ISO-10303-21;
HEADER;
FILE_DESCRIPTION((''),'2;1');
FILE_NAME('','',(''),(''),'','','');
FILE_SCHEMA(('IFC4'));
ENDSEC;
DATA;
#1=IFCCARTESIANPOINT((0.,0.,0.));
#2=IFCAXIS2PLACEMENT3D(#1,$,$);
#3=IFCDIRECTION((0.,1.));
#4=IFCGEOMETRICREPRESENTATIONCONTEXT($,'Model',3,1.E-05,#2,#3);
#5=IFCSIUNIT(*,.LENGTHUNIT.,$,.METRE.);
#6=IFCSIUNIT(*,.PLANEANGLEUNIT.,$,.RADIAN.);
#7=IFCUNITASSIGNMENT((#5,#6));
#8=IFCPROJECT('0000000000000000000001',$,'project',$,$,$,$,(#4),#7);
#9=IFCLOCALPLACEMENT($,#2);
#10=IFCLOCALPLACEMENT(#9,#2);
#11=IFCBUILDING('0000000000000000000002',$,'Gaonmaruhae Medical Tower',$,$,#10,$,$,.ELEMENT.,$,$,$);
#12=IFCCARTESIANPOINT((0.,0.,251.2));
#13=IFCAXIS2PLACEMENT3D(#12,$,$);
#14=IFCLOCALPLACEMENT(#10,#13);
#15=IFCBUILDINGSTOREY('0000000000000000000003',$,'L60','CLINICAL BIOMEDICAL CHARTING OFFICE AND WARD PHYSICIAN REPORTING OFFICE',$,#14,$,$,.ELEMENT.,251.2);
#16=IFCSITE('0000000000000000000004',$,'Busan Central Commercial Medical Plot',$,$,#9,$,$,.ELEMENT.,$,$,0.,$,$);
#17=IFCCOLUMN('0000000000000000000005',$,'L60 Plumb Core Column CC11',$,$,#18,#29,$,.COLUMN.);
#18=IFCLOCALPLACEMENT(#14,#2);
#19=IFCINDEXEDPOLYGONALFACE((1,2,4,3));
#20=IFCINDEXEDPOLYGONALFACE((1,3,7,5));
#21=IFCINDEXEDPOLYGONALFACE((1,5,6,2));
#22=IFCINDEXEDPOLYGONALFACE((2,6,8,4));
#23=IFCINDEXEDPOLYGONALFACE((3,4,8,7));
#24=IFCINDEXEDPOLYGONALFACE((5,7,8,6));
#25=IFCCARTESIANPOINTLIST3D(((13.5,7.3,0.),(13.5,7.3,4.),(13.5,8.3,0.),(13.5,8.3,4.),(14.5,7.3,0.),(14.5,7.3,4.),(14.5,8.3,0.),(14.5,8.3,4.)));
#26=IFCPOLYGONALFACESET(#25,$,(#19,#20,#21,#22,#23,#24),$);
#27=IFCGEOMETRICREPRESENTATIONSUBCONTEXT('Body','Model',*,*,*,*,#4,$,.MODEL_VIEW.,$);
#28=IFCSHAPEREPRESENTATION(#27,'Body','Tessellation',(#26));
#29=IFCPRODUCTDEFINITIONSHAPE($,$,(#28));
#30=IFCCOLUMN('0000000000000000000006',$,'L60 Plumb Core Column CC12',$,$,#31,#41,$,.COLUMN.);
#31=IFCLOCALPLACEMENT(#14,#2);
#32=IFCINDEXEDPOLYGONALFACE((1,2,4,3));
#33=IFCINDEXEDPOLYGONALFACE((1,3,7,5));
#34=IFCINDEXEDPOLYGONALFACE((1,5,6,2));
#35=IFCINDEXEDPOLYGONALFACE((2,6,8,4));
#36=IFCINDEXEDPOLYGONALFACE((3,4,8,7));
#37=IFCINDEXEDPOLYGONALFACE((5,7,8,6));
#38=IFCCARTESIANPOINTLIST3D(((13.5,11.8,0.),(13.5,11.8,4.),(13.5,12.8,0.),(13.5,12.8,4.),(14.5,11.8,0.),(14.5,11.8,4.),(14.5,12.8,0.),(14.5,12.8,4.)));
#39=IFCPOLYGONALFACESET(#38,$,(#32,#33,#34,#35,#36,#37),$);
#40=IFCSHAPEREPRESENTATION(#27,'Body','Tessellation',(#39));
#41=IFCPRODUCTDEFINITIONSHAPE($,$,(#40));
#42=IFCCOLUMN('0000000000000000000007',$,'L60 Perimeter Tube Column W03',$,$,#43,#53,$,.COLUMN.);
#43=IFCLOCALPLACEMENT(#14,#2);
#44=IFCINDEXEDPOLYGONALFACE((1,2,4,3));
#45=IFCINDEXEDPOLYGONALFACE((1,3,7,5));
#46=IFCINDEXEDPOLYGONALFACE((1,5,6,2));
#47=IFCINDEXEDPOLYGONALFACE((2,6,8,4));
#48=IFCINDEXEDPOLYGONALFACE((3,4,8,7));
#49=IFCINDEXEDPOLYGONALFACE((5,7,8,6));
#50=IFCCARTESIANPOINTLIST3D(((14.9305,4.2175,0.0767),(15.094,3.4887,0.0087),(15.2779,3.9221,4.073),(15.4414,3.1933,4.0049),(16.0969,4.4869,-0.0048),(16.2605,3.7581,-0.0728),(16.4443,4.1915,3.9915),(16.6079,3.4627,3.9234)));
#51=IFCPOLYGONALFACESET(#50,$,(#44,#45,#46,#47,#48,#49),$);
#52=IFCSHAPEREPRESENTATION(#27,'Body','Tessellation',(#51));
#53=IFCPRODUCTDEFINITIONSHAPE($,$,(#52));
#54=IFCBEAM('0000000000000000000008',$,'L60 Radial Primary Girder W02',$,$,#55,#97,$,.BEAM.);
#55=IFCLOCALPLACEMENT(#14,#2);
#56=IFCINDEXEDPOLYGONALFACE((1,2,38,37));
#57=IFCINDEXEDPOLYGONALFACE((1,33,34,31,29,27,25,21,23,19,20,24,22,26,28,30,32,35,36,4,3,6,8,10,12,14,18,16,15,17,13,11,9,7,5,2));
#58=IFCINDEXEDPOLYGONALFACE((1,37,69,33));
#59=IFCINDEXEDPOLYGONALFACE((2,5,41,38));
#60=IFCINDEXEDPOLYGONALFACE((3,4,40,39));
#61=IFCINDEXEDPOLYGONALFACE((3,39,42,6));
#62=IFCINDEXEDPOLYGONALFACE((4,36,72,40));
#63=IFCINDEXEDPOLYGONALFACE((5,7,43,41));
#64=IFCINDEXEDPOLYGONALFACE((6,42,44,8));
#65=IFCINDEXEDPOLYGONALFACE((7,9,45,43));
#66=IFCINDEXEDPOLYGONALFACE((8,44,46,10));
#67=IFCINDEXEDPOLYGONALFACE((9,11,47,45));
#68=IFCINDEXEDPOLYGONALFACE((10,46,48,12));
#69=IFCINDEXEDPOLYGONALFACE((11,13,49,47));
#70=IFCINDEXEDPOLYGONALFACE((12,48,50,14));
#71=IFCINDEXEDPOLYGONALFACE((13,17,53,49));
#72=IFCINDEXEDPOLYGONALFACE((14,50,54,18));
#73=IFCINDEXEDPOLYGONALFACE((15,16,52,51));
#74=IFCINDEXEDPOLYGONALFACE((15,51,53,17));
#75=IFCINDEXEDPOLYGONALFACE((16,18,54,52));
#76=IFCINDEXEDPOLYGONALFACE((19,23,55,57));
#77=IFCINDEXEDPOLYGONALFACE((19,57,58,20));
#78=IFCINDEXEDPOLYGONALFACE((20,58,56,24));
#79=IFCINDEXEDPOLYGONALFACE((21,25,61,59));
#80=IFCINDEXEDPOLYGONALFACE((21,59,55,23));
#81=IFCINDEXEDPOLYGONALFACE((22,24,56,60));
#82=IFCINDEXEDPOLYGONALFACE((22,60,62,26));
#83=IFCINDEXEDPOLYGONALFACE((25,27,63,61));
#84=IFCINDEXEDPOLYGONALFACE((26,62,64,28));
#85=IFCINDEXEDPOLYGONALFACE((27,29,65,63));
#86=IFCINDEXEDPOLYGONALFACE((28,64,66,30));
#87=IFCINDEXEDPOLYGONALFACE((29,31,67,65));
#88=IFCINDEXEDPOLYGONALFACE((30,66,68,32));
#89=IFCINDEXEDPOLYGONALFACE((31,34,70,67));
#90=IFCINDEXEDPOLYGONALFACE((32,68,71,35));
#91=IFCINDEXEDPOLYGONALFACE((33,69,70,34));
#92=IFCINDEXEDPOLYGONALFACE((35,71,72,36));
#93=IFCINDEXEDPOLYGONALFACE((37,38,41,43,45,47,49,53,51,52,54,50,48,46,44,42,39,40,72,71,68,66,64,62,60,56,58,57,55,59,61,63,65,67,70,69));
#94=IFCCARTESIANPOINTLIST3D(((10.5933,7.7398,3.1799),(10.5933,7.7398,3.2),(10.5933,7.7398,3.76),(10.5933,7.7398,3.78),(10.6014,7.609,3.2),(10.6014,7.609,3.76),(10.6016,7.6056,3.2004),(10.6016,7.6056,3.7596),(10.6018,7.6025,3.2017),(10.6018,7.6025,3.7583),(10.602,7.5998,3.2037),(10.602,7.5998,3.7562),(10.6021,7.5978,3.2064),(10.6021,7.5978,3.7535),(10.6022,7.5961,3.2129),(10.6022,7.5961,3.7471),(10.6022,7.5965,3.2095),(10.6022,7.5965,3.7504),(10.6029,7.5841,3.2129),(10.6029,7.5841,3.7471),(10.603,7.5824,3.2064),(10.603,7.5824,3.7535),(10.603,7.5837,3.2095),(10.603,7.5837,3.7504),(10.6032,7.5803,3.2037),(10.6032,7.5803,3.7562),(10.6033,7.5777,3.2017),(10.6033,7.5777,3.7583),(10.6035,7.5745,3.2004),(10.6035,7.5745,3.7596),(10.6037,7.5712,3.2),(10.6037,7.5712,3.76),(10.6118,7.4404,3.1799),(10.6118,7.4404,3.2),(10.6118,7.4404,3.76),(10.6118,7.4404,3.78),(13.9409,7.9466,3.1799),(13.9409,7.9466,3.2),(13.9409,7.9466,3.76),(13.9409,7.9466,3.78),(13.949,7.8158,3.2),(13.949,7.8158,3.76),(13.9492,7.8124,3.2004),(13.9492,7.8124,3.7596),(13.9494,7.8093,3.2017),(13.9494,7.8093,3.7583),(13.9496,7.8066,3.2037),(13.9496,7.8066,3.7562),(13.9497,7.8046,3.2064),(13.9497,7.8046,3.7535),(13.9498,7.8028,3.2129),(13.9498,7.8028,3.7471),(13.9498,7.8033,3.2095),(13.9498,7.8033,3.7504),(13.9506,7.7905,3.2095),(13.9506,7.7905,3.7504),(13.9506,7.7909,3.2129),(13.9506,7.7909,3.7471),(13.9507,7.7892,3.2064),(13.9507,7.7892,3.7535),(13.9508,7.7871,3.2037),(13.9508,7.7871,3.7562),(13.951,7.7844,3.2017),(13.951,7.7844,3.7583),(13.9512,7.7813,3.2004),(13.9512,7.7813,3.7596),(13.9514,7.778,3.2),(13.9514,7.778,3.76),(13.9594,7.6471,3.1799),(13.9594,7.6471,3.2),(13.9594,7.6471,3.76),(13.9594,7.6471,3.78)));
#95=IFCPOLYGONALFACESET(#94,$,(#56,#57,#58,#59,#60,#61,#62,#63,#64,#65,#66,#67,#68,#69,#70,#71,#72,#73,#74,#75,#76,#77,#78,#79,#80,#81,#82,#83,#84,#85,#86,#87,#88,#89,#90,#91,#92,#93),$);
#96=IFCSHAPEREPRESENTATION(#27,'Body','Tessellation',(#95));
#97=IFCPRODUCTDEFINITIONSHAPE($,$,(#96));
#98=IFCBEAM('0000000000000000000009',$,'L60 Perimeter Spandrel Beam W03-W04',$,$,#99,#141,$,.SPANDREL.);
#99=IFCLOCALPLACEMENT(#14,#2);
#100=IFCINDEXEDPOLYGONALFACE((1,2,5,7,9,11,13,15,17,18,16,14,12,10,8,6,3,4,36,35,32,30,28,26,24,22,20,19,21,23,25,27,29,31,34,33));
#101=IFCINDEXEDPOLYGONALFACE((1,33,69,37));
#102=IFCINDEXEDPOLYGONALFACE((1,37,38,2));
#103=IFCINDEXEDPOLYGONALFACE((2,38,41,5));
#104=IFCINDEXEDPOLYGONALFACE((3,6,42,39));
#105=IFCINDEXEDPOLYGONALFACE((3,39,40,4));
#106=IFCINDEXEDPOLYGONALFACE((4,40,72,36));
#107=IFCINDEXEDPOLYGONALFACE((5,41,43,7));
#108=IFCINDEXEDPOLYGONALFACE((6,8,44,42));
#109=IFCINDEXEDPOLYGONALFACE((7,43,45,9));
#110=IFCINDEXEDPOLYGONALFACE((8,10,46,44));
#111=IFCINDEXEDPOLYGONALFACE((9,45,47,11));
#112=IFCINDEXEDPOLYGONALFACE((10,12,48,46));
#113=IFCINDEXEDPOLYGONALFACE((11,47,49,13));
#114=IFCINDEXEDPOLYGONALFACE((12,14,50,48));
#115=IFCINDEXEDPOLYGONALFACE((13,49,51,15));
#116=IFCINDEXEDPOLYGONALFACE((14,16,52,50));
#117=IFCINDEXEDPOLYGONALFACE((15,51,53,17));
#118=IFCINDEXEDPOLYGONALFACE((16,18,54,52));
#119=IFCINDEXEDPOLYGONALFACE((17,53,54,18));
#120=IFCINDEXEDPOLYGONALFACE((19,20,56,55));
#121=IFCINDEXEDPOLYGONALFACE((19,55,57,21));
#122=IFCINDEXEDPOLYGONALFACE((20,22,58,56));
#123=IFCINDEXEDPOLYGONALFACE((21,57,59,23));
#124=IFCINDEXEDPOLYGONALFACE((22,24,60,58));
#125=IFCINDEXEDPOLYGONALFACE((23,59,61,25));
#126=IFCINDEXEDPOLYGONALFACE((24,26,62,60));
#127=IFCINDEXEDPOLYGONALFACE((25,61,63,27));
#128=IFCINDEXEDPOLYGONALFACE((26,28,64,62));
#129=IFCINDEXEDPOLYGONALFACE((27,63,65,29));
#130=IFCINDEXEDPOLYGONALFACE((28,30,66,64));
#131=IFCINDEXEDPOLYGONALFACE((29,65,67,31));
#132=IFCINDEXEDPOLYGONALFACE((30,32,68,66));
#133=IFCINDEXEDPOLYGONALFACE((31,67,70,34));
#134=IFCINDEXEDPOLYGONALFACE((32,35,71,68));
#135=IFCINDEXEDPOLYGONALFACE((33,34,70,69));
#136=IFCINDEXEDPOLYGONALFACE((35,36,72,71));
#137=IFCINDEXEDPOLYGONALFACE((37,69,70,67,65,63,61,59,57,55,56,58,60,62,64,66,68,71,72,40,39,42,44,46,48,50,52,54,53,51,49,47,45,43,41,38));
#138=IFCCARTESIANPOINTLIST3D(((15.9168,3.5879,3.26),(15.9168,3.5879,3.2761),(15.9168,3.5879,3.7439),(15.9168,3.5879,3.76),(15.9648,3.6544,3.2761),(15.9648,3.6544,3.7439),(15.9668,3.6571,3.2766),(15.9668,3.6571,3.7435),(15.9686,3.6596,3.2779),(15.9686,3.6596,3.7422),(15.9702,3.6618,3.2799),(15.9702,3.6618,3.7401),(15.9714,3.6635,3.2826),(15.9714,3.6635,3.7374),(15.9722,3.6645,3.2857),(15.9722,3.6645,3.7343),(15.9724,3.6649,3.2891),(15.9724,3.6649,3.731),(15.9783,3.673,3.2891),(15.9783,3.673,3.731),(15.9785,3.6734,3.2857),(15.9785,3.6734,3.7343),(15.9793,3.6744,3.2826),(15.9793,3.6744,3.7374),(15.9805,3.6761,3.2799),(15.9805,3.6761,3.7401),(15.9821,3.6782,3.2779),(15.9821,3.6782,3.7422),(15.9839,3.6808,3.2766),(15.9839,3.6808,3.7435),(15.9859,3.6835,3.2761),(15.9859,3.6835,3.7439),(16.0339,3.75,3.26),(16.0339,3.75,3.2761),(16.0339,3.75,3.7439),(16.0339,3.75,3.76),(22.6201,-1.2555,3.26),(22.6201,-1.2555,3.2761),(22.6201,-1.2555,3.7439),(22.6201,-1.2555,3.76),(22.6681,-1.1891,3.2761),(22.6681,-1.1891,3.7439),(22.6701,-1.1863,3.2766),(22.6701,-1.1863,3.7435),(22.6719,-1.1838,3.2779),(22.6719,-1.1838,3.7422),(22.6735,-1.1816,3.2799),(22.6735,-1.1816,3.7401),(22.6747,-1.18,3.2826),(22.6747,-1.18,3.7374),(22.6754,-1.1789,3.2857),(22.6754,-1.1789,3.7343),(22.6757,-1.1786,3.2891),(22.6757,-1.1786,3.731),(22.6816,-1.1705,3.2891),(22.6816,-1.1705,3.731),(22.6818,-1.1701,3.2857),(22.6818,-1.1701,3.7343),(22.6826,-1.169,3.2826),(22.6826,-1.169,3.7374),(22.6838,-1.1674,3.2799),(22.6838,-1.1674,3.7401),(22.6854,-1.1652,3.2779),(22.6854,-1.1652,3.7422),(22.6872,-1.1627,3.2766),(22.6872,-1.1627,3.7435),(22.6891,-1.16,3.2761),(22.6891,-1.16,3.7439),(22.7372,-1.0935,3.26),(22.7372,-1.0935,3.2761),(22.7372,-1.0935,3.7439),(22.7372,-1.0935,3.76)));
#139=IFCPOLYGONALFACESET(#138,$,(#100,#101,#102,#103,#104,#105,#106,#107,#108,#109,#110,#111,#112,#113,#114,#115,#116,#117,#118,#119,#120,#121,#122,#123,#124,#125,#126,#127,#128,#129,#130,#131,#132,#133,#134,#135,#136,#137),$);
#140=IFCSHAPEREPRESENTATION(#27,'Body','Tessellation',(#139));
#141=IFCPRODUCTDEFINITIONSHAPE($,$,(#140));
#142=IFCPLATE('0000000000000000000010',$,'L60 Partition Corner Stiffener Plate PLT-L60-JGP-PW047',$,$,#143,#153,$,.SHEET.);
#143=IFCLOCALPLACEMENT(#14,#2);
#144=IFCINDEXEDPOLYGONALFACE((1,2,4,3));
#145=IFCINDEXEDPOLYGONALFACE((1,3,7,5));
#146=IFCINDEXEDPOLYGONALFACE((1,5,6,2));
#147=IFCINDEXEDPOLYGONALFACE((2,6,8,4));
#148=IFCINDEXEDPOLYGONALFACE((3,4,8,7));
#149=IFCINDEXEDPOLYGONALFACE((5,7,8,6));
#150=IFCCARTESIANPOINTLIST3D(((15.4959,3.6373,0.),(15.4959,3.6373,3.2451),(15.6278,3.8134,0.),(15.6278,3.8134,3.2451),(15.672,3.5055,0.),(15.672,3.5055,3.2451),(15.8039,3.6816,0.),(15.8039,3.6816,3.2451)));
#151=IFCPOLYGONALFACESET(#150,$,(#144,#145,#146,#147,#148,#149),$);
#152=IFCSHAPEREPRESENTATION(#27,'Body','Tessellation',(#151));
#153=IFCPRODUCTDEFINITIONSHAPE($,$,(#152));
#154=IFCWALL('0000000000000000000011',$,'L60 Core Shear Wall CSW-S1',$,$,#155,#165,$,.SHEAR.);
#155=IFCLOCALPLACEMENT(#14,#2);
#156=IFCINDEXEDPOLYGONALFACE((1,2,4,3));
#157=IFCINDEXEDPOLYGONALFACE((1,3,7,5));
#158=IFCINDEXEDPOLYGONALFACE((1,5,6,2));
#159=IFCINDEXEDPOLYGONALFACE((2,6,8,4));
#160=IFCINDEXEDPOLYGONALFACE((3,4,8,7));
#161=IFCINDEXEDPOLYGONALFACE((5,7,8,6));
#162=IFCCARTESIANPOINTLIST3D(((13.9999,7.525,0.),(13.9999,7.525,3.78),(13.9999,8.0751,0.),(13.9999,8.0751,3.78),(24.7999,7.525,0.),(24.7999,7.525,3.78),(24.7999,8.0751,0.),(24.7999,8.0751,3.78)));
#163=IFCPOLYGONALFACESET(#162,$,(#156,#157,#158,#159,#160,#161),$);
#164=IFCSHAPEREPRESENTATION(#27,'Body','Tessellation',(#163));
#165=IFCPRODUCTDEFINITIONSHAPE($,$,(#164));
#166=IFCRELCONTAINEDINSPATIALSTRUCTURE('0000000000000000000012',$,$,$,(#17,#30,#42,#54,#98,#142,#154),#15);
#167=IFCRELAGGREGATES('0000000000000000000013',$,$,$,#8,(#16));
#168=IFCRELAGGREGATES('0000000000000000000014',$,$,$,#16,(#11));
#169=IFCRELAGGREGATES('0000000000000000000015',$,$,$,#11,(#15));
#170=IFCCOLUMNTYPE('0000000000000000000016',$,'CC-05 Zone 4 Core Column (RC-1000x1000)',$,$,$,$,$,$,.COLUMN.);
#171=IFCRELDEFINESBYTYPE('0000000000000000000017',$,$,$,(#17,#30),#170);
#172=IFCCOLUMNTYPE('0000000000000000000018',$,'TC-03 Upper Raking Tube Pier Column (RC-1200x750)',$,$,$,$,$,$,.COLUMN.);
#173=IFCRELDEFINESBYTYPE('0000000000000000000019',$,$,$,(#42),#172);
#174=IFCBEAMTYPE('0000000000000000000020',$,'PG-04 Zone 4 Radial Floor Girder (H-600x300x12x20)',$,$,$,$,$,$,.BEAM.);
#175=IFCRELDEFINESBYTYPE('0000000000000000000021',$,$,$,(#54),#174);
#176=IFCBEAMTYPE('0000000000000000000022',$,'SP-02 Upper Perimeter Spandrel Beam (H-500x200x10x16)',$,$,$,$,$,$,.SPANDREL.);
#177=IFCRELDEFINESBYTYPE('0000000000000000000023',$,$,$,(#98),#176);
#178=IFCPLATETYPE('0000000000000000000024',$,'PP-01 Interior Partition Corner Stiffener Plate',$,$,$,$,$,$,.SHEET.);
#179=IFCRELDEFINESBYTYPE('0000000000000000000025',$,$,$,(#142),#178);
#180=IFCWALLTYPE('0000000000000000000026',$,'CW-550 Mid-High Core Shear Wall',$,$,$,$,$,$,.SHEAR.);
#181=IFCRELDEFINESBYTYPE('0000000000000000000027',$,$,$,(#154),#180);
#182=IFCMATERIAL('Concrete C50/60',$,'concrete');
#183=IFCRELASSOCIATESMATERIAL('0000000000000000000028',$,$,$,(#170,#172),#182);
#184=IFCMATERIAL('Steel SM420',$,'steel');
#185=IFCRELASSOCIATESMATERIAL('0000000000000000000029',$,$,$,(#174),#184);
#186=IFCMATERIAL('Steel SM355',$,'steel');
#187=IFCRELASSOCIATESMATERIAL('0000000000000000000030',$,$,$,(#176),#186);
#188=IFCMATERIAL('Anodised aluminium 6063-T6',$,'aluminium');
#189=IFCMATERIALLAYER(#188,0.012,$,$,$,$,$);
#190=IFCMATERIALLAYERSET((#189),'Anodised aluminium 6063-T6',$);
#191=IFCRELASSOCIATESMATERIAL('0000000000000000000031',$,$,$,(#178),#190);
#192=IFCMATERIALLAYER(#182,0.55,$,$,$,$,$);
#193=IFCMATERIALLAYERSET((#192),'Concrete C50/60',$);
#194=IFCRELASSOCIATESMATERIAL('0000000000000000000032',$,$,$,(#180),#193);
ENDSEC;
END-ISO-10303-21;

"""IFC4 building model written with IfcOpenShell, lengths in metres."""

from ifc_helpers import new_model, si_unit, direction, frame, frame_2d, origin, origin_2d, place, context, subcontext, project, spatial, rectangle, i_section, extrude, material, layer, layer_set, material_profile, profile_set, type_object, element, save


model = new_model("IFC4")

# Units and contexts
model_context = context("Model", 3, precision=1e-05, world=origin(), true_north=direction((0.0, 1.0)))
body_context = subcontext(model_context, "Body", "Model", "MODEL_VIEW")
ifc_project = project(units=[si_unit("LENGTHUNIT", "METRE"), si_unit("PLANEANGLEUNIT", "RADIAN")], contexts=[model_context])

# Site, building, storey
site_placement = place(None, origin())
site = spatial("IfcSite", under=ifc_project, at=site_placement, Name="Busan Central Commercial Medical Plot", CompositionType="ELEMENT", RefElevation=0.0)
building_placement = place(site_placement, origin())
building = spatial("IfcBuilding", under=site, at=building_placement, Name="Gaonmaruhae Medical Tower", CompositionType="ELEMENT")
storey_placement = place(building_placement, frame((0.0, 0.0, 251.2)))
storey = spatial("IfcBuildingStorey", under=building, at=storey_placement, Name="L60", Description="CLINICAL BIOMEDICAL CHARTING OFFICE AND WARD PHYSICIAN REPORTING OFFICE", CompositionType="ELEMENT", Elevation=251.2)

# Columns
ifc_material_1 = material(Name="Concrete C50/60", Category="concrete")
ifc_material_profile_1 = material_profile(ifc_material_1, rectangle(XDim=1.0, YDim=1.0, at=origin_2d()), Name="RC-1000x1000")
ifc_profile_set_1 = profile_set([ifc_material_profile_1], Name="Concrete C50/60")
column_type_1 = type_object("IfcColumnType", Name="CC-05 Zone 4 Core Column (RC-1000x1000)", PredefinedType="COLUMN", material=ifc_profile_set_1)
for number, where, z_axis, x_axis, name in (
    (1, (14.0, 7.8, 0.0), (0.0, 0.0, 1.0), (1.0, 0.0, 0.0), "L60 Plumb Core Column CC11"),
    (2, (14.0, 12.3, 0.0), (0.0, 0.0, 1.0), (1.0, 0.0, 0.0), "L60 Plumb Core Column CC12"),
):
    element("IfcColumn", number, at=place(storey_placement, frame(where, z_axis=z_axis, x_axis=x_axis)), inside=storey, type_object=column_type_1, Name=name, PredefinedType="COLUMN", context=body_context, shape_type="SweptSolid", body=[
        extrude(rectangle(XDim=1.0, YDim=1.0, at=origin_2d()), origin(), (0.0, 0.0, 1.0), 4.0),
    ])
ifc_material_profile_2 = material_profile(ifc_material_1, rectangle(XDim=1.2, YDim=0.75, at=origin_2d()), Name="RC-1200x750")
ifc_profile_set_2 = profile_set([ifc_material_profile_2], Name="Concrete C50/60")
column_type_2 = type_object("IfcColumnType", Name="TC-03 Upper Raking Tube Pier Column (RC-1200x750)", PredefinedType="COLUMN", material=ifc_profile_set_2)
column_placement = place(storey_placement, frame((15.5955, 3.9878, 0.002), z_axis=(0.086372, -0.073444, 0.993552), x_axis=(-0.97211, -0.224475, 0.067915)))
element("IfcColumn", 3, at=column_placement, inside=storey, type_object=column_type_2, Name="L60 Perimeter Tube Column W03", PredefinedType="COLUMN", context=body_context, shape_type="SweptSolid", body=[
    extrude(rectangle(XDim=1.2, YDim=0.75, at=origin_2d()), origin(), (0.0, 0.0, 1.0), 4.0222),
])

# Beams
ifc_material_2 = material(Name="Steel SM420", Category="steel")
ifc_material_profile_3 = material_profile(ifc_material_2, i_section(OverallWidth=0.3, OverallDepth=0.6001, WebThickness=0.012, FlangeThickness=0.02, FilletRadius=0.0129, at=origin_2d()), Name="H-600x300x12x20")
ifc_profile_set_3 = profile_set([ifc_material_profile_3], Name="Steel SM420")
beam_type_1 = type_object("IfcBeamType", Name="PG-04 Zone 4 Radial Floor Girder (H-600x300x12x20)", PredefinedType="BEAM", material=ifc_profile_set_3)
beam_1_placement = place(storey_placement, frame((13.9502, 7.7969, 3.48), z_axis=(-0.998098, -0.061653, 0.0), x_axis=(0.061653, -0.998098, 0.0)))
element("IfcBeam", 4, at=beam_1_placement, inside=storey, type_object=beam_type_1, Name="L60 Radial Primary Girder W02", PredefinedType="BEAM", context=body_context, shape_type="SweptSolid", body=[
    extrude(i_section(OverallWidth=0.3, OverallDepth=0.6001, WebThickness=0.012, FlangeThickness=0.02, FilletRadius=0.0129, at=origin_2d()), origin(), (0.0, 0.0, 1.0), 3.354),
])
ifc_material_3 = material(Name="Steel SM355", Category="steel")
ifc_material_profile_4 = material_profile(ifc_material_3, i_section(OverallWidth=0.2, OverallDepth=0.5, WebThickness=0.01, FlangeThickness=0.0161, FilletRadius=0.0129, at=origin_2d()), Name="H-500x200x10x16")
ifc_profile_set_4 = profile_set([ifc_material_profile_4], Name="Steel SM355")
beam_type_2 = type_object("IfcBeamType", Name="SP-02 Upper Perimeter Spandrel Beam (H-500x200x10x16)", PredefinedType="SPANDREL", material=ifc_profile_set_4)
beam_2_placement = place(storey_placement, frame((15.9753, 3.6689, 3.51), z_axis=(0.810554, -0.585664, 0.0), x_axis=(0.585664, 0.810554, 0.0)))
element("IfcBeam", 5, at=beam_2_placement, inside=storey, type_object=beam_type_2, Name="L60 Perimeter Spandrel Beam W03-W04", PredefinedType="SPANDREL", context=body_context, shape_type="SweptSolid", body=[
    extrude(i_section(OverallWidth=0.2, OverallDepth=0.5, WebThickness=0.01, FlangeThickness=0.0161, FilletRadius=0.0129, at=origin_2d()), origin(), (0.0, 0.0, 1.0), 8.27),
])

# Plate
ifc_material_4 = material(Name="Anodised aluminium 6063-T6", Category="aluminium")
ifc_layer_1 = layer(ifc_material_4, 0.012)
ifc_layer_set_1 = layer_set([ifc_layer_1], Name="Anodised aluminium 6063-T6")
plate_type = type_object("IfcPlateType", Name="PP-01 Interior Partition Corner Stiffener Plate", PredefinedType="SHEET", material=ifc_layer_set_1)
plate_placement = place(storey_placement, frame((15.6499, 3.6594, 0.0), z_axis=(0.0, 0.0, 1.0), x_axis=(-0.800585, 0.599219, 0.0)))
element("IfcPlate", 6, at=plate_placement, inside=storey, type_object=plate_type, Name="L60 Partition Corner Stiffener Plate PLT-L60-JGP-PW047", PredefinedType="SHEET", context=body_context, shape_type="SweptSolid", body=[
    extrude(rectangle(XDim=0.22, YDim=0.22, at=origin_2d()), origin(), (0.0, 0.0, 1.0), 3.2451),
])

# Wall
ifc_layer_2 = layer(ifc_material_1, 0.55)
ifc_layer_set_2 = layer_set([ifc_layer_2], Name="Concrete C50/60")
wall_type_1 = type_object("IfcWallType", Name="CW-550 Mid-High Core Shear Wall", PredefinedType="SHEAR", material=ifc_layer_set_2)
wall_1_placement = place(storey_placement, frame((14.0, 7.8, 0.0), z_axis=(0.0, 0.0, 1.0), x_axis=(1.0, 0.0, 0.0)))
element("IfcWall", 7, at=wall_1_placement, inside=storey, type_object=wall_type_1, Name="L60 Core Shear Wall CSW-S1", PredefinedType="SHEAR", context=body_context, shape_type="SweptSolid", body=[
    extrude(rectangle(XDim=10.8, YDim=0.55, at=frame_2d((5.3999, 0.0))), origin(), (0.0, 0.0, 1.0), 3.78),
])

save(model, "model.ifc")
